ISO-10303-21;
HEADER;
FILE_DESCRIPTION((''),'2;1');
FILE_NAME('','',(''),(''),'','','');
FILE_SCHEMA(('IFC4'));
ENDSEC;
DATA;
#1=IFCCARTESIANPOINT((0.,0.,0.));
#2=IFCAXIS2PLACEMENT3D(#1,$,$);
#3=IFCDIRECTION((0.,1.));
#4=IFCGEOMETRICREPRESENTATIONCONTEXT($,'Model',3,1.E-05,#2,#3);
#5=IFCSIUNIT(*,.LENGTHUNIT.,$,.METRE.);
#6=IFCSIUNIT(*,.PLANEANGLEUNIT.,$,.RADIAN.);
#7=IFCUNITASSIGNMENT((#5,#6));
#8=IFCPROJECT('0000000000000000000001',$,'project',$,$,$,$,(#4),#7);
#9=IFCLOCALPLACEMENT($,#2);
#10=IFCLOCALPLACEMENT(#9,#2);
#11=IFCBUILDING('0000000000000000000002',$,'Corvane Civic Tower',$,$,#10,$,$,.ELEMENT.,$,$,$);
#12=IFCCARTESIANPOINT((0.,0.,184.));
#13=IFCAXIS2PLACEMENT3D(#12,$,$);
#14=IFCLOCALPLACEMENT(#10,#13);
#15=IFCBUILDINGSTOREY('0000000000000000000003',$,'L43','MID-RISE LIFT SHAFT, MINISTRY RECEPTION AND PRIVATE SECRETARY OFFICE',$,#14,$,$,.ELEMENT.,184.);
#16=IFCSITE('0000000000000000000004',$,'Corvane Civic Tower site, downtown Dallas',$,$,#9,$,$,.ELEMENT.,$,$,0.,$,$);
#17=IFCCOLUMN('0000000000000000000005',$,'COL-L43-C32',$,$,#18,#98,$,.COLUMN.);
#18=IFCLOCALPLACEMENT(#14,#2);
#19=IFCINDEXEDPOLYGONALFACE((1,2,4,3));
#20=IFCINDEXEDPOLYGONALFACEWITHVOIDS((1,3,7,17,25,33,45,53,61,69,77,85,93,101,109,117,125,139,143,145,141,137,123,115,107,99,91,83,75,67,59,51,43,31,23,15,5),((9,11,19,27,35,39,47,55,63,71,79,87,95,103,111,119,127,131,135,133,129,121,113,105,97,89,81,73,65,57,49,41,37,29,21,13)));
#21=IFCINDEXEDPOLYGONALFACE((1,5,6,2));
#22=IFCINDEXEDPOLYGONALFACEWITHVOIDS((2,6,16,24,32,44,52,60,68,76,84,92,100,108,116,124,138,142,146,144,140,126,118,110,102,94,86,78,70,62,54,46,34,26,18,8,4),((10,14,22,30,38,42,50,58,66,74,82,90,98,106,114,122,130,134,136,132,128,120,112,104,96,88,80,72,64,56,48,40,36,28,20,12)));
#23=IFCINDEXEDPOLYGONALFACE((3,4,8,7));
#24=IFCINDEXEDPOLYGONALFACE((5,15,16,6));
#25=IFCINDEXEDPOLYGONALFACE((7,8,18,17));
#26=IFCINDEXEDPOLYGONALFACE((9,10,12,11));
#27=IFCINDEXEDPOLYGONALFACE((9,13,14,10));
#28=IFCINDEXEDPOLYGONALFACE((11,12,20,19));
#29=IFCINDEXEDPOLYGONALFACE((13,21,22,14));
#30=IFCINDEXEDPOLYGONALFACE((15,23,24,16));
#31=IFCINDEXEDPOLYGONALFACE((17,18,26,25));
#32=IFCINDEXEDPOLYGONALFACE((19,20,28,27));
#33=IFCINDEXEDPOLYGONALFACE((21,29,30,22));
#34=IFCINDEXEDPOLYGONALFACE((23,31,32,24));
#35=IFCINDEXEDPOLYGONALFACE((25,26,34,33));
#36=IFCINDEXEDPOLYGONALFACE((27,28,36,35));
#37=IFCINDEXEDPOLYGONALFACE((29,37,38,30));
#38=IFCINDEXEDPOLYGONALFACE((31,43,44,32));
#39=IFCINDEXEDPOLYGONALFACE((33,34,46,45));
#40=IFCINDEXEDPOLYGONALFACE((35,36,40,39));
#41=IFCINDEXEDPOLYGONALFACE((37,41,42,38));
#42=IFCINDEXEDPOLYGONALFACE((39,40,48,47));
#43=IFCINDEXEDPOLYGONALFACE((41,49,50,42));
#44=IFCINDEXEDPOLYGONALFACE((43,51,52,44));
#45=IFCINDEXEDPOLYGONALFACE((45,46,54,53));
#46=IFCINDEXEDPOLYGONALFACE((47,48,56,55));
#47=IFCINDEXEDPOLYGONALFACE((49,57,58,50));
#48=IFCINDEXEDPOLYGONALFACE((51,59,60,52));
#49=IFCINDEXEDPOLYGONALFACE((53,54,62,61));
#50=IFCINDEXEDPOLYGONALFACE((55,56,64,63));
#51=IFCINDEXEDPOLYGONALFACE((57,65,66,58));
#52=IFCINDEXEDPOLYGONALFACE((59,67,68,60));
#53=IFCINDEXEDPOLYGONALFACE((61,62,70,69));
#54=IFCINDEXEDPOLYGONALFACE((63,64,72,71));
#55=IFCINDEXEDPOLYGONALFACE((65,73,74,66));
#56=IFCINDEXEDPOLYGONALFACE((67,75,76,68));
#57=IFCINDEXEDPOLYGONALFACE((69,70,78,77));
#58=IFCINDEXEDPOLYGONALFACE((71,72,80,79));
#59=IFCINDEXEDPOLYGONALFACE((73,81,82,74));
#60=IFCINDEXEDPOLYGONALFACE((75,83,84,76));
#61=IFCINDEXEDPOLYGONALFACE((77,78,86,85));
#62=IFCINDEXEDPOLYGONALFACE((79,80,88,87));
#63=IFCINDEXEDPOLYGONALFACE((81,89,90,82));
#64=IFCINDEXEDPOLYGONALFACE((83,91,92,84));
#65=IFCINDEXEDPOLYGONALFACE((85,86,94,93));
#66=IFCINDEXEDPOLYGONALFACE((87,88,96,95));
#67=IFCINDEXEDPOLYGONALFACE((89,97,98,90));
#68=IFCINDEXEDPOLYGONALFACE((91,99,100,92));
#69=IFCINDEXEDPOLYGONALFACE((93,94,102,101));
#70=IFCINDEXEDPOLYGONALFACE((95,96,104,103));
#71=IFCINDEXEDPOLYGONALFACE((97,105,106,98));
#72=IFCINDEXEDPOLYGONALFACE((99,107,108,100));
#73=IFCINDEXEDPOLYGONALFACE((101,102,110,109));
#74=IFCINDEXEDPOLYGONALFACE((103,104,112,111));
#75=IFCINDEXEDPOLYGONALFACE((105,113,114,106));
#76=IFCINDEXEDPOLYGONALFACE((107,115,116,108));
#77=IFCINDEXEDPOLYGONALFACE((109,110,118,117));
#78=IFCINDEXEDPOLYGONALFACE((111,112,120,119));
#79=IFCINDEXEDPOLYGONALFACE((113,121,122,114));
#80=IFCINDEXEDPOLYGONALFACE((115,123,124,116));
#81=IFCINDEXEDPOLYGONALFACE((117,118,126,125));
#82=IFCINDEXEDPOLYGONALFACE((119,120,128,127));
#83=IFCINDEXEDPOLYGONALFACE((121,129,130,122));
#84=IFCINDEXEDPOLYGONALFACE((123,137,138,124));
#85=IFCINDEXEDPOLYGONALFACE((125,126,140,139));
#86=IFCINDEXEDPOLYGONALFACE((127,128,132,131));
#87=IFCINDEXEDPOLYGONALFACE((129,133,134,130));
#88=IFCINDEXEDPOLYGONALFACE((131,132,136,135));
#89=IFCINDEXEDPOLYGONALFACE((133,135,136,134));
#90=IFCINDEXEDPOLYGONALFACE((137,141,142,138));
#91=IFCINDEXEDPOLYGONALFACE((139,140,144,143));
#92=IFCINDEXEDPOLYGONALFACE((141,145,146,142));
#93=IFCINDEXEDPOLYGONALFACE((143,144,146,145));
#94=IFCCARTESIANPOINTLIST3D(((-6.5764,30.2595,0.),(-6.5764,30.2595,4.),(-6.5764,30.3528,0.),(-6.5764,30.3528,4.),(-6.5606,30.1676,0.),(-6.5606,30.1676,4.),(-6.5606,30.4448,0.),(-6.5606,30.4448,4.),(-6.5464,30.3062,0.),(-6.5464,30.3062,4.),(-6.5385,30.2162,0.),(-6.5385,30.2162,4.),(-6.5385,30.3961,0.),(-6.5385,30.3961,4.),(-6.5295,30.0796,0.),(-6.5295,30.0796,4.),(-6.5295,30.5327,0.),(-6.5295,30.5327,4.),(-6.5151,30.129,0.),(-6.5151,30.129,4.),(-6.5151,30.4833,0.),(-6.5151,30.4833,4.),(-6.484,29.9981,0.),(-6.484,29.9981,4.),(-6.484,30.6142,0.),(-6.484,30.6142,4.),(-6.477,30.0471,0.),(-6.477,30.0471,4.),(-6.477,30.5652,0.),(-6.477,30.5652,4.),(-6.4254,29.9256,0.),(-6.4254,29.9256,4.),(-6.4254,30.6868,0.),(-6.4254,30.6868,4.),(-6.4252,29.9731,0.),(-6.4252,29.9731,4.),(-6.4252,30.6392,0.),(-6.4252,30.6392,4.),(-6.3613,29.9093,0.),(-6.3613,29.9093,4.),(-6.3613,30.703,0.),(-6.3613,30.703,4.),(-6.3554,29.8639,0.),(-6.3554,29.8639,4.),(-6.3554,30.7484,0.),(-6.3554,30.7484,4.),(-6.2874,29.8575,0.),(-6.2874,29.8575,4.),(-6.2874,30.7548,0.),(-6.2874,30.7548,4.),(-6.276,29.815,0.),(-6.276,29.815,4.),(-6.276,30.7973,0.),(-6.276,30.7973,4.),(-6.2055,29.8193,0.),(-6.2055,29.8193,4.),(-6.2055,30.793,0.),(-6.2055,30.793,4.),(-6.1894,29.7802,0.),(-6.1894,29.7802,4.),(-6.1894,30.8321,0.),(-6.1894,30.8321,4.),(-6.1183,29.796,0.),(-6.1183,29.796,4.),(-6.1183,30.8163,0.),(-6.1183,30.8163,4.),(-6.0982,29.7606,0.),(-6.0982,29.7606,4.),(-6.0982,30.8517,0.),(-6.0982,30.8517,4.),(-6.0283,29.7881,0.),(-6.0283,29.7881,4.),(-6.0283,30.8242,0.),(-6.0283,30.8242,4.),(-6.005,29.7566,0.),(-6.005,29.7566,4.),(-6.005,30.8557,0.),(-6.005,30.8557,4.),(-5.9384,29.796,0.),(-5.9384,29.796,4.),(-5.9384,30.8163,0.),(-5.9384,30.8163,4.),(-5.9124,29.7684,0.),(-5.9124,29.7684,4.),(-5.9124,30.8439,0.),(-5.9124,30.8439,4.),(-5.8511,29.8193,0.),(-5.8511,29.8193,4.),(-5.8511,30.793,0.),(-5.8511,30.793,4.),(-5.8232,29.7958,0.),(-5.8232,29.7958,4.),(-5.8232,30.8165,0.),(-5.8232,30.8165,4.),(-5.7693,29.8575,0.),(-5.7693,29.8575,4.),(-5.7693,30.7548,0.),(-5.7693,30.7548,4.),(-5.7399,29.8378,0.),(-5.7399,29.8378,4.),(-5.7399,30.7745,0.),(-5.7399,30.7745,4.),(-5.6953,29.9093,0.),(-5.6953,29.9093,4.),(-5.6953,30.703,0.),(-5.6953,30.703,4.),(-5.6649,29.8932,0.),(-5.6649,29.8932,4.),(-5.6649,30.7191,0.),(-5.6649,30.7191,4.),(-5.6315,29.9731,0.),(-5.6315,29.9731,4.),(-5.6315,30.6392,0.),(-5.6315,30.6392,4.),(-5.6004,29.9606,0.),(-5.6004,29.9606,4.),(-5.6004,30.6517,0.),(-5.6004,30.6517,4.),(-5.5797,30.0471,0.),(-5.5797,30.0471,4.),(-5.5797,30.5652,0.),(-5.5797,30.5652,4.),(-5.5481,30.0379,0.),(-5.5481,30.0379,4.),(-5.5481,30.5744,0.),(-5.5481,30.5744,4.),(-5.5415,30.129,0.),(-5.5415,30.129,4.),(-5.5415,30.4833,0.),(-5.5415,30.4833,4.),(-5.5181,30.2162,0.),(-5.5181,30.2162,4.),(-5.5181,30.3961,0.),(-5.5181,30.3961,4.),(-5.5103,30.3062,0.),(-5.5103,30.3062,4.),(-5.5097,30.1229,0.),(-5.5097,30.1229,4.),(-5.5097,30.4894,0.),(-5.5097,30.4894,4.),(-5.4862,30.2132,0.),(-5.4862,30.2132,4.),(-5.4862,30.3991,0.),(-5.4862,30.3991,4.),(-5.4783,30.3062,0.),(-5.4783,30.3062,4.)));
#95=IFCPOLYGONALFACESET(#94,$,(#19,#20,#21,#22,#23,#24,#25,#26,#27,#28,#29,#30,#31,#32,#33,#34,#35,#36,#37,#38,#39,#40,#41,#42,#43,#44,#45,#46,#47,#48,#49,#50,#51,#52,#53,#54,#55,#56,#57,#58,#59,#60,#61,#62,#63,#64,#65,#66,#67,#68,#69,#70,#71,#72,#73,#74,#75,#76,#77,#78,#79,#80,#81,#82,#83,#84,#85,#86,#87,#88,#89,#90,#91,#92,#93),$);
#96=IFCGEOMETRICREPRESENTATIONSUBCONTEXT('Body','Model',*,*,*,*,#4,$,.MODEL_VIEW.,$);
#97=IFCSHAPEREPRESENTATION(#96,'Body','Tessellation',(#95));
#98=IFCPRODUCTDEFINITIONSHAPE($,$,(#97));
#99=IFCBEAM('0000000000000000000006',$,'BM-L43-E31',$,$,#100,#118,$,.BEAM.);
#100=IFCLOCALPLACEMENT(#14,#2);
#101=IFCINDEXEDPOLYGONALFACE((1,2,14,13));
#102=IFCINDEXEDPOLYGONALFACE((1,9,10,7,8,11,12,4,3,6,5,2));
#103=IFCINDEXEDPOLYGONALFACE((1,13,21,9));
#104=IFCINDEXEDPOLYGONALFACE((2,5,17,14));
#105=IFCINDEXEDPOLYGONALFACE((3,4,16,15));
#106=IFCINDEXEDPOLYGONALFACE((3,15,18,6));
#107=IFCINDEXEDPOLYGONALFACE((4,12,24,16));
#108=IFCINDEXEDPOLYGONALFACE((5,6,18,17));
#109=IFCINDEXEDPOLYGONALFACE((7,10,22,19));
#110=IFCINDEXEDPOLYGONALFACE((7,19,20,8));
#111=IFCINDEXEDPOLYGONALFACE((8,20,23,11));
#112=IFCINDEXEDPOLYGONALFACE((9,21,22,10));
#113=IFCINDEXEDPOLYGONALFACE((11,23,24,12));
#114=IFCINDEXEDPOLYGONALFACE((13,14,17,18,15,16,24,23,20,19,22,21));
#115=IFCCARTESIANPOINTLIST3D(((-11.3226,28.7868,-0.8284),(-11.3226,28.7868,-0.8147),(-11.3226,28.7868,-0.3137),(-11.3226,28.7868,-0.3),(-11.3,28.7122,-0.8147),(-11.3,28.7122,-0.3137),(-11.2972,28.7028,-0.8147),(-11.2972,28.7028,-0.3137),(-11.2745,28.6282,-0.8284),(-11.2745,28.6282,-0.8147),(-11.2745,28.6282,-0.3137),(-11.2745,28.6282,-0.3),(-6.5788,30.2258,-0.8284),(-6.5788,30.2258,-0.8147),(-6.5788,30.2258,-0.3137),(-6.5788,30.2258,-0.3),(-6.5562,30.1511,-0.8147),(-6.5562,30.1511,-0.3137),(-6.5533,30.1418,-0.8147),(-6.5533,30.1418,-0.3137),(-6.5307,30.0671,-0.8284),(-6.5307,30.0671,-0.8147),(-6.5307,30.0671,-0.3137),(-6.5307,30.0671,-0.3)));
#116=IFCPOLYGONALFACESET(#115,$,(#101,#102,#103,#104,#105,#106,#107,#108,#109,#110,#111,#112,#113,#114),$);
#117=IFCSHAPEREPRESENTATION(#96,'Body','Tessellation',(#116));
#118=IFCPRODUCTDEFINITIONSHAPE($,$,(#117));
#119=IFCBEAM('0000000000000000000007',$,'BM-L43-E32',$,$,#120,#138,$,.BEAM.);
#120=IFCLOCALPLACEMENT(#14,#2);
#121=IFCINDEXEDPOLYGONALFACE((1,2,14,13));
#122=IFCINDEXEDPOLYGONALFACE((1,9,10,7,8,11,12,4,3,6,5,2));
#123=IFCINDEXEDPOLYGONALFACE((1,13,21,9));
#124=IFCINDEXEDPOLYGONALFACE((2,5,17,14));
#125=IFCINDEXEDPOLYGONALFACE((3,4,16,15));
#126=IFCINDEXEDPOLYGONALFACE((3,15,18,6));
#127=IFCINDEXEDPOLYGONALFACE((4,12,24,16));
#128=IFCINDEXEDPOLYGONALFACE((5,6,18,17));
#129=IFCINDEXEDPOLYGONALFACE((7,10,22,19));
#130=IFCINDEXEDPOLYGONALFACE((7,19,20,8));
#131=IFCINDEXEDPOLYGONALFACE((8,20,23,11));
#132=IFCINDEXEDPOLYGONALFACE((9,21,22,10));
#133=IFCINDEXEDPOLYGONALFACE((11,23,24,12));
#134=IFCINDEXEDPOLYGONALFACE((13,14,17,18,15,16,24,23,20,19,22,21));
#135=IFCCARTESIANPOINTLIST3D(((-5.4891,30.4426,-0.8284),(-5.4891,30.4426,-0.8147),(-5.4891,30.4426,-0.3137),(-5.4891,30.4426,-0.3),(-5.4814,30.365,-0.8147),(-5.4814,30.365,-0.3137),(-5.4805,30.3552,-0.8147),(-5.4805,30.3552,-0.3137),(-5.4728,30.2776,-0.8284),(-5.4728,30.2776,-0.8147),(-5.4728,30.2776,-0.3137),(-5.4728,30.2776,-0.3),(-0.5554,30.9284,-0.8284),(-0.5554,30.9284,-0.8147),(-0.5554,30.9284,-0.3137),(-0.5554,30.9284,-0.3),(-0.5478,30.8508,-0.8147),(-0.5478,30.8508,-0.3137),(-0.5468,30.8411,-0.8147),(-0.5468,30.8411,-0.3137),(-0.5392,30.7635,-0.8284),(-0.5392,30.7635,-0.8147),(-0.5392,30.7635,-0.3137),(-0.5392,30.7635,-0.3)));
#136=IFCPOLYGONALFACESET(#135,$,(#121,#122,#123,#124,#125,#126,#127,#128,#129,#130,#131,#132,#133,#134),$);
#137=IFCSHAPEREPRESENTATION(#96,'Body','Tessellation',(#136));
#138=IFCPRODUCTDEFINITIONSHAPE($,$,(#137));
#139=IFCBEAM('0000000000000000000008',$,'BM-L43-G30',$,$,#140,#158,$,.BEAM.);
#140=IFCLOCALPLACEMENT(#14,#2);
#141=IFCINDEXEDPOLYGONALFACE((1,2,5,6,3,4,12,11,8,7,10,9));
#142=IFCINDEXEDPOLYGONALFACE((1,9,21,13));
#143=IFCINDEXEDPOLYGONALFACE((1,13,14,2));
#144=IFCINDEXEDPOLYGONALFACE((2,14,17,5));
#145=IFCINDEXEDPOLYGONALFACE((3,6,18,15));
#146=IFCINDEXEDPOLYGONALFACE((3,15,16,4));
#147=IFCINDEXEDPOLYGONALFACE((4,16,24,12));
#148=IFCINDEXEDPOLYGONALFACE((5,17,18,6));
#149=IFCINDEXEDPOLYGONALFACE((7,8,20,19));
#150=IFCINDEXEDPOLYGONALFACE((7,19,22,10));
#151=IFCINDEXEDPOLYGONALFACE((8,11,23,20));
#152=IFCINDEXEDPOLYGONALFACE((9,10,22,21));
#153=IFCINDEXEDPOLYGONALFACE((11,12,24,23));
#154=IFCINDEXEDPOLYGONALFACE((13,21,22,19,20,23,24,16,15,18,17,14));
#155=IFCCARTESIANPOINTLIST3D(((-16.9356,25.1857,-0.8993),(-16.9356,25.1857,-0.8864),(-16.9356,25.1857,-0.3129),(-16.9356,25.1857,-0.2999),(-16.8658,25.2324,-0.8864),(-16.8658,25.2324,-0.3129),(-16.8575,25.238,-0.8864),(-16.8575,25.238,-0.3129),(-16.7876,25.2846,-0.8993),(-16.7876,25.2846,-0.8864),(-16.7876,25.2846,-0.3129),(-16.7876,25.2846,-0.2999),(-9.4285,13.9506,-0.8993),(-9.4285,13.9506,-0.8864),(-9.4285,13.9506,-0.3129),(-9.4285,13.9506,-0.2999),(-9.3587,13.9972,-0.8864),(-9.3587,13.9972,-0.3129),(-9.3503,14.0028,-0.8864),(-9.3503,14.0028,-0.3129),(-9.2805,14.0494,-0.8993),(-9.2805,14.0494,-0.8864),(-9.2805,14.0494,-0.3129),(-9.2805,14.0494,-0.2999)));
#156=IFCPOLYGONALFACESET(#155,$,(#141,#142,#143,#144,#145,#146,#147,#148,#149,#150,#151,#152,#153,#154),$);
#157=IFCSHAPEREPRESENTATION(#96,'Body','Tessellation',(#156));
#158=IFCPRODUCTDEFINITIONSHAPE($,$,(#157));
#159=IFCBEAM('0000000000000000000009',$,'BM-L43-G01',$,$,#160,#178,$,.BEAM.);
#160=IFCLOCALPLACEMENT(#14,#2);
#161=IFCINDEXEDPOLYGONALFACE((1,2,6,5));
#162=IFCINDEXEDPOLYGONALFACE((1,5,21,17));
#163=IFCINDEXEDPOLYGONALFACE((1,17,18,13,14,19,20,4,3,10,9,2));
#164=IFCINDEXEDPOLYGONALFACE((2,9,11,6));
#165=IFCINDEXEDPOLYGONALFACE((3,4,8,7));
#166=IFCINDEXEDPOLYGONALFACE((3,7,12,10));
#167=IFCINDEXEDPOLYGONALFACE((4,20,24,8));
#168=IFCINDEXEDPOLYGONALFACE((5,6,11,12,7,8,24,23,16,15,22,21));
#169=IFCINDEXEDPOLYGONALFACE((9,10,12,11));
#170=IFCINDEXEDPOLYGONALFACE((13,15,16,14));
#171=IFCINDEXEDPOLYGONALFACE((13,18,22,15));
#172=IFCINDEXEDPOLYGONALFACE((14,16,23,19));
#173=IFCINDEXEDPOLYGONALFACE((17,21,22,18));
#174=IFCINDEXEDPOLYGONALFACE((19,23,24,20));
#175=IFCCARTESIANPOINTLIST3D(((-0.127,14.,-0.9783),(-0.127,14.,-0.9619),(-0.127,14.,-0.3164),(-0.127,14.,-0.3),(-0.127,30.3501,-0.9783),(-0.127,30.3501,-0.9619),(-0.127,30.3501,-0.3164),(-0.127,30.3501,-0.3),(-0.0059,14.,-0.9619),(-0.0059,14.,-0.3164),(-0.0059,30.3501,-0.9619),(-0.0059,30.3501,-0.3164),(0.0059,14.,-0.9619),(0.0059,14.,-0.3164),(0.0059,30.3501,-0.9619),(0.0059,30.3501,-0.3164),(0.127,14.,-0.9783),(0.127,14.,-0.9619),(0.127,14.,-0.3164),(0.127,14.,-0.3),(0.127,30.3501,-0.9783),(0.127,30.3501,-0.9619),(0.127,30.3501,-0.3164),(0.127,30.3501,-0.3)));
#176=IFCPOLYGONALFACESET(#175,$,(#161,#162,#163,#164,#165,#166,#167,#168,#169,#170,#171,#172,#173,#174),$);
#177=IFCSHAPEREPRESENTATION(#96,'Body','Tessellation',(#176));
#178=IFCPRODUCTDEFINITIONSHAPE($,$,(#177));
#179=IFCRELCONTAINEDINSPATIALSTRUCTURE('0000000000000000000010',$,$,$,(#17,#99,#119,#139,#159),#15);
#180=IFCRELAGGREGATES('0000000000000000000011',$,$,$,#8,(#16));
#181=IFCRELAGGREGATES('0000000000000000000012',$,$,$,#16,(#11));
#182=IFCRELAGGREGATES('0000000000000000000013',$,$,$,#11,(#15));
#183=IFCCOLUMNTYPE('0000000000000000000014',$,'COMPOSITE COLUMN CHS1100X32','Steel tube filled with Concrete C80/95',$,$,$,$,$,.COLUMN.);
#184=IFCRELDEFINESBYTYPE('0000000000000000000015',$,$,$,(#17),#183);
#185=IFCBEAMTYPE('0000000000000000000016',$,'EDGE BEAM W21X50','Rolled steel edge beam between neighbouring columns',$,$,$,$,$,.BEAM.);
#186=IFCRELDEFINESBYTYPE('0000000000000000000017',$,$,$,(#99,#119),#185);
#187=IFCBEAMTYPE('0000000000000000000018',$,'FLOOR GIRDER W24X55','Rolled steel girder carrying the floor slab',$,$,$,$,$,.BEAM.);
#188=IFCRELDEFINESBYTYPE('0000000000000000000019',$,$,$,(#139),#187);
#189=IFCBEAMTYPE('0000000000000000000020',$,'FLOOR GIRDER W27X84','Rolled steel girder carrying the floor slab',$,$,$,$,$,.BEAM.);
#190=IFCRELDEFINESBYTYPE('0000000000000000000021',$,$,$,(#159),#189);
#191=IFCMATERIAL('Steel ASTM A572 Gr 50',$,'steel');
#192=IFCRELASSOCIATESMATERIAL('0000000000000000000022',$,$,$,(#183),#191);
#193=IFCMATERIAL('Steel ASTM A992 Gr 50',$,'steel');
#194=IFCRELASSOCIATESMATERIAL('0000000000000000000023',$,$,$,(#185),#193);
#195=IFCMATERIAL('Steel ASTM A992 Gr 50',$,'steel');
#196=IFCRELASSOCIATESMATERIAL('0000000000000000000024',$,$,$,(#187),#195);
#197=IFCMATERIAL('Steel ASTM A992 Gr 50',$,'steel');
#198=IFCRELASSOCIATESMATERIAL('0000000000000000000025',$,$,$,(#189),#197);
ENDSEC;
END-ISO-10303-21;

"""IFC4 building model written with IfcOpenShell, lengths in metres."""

from ifc_helpers import new_model, si_unit, direction, frame, origin, origin_2d, place, context, subcontext, project, spatial, hollow_circle, i_section, extrude, material, material_profile, profile_set, type_object, element, save


model = new_model("IFC4")

# Units and contexts
model_context = context("Model", 3, precision=1e-05, world=origin(), true_north=direction((0.0, 1.0)))
body_context = subcontext(model_context, "Body", "Model", "MODEL_VIEW")
ifc_project = project(units=[si_unit("LENGTHUNIT", "METRE"), si_unit("PLANEANGLEUNIT", "RADIAN")], contexts=[model_context])

# Site, building, storey
site_placement = place(None, origin())
site = spatial("IfcSite", under=ifc_project, at=site_placement, Name="Corvane Civic Tower site, downtown Dallas", CompositionType="ELEMENT", RefElevation=0.0)
building_placement = place(site_placement, origin())
building = spatial("IfcBuilding", under=site, at=building_placement, Name="Corvane Civic Tower", CompositionType="ELEMENT")
storey_placement = place(building_placement, frame((0.0, 0.0, 184.0)))
storey = spatial("IfcBuildingStorey", under=building, at=storey_placement, Name="L43", Description="MID-RISE LIFT SHAFT, MINISTRY RECEPTION AND PRIVATE SECRETARY OFFICE", CompositionType="ELEMENT", Elevation=184.0)

# Column
ifc_material_1 = material(Name="Steel ASTM A572 Gr 50", Category="steel")
ifc_material_profile_1 = material_profile(ifc_material_1, hollow_circle(Radius=0.55, WallThickness=0.032, at=origin_2d()), Name="CHS1100X32")
ifc_profile_set_1 = profile_set([ifc_material_profile_1], Name="Steel ASTM A572 Gr 50")
column_type = type_object("IfcColumnType", Name="COMPOSITE COLUMN CHS1100X32", Description="Steel tube filled with Concrete C80/95", PredefinedType="COLUMN", material=ifc_profile_set_1)
for number, where, z_axis, x_axis, name in (
    (1, (-6.0283, 30.3062, 0.0), (0.0, 0.0, 1.0), (1.0, 0.0, 0.0), "COL-L43-C32"),
):
    element("IfcColumn", number, at=place(storey_placement, frame(where, z_axis=z_axis, x_axis=x_axis)), inside=storey, type_object=column_type, Name=name, PredefinedType="COLUMN", context=body_context, shape_type="SweptSolid", body=[
        extrude(hollow_circle(Radius=0.55, WallThickness=0.032, at=origin_2d()), origin(), (0.0, 0.0, 1.0), 4.0),
    ])

# Beams
ifc_material_2 = material(Name="Steel ASTM A992 Gr 50", Category="steel")
ifc_material_profile_2 = material_profile(ifc_material_2, i_section(OverallWidth=0.1658, OverallDepth=0.5283, WebThickness=0.0098, FlangeThickness=0.0137, at=origin_2d()), Name="W21X50")
ifc_profile_set_2 = profile_set([ifc_material_profile_2], Name="Steel ASTM A992 Gr 50")
beam_type_1 = type_object("IfcBeamType", Name="EDGE BEAM W21X50", Description="Rolled steel edge beam between neighbouring columns", PredefinedType="BEAM", material=ifc_profile_set_2)
beam_1_placement = place(storey_placement, frame((-11.2986, 28.7075, -0.5642), z_axis=(0.956945, 0.29027, 0.0), x_axis=(-0.29027, 0.956945, 0.0)))
element("IfcBeam", 2, at=beam_1_placement, inside=storey, type_object=beam_type_1, Name="BM-L43-E31", PredefinedType="BEAM", context=body_context, shape_type="SweptSolid", body=[
    extrude(i_section(OverallWidth=0.1658, OverallDepth=0.5283, WebThickness=0.0098, FlangeThickness=0.0137, at=origin_2d()), origin(), (0.0, 0.0, 1.0), 4.9573),
])
beam_2_placement = place(storey_placement, frame((-5.481, 30.3601, -0.5642), z_axis=(0.995186, 0.098002, 0.0), x_axis=(-0.098002, 0.995186, 0.0)))
element("IfcBeam", 3, at=beam_2_placement, inside=storey, type_object=beam_type_1, Name="BM-L43-E32", PredefinedType="BEAM", context=body_context, shape_type="SweptSolid", body=[
    extrude(i_section(OverallWidth=0.1658, OverallDepth=0.5283, WebThickness=0.0098, FlangeThickness=0.0137, at=origin_2d()), origin(), (0.0, 0.0, 1.0), 4.9575),
])
ifc_material_3 = material(Name="Steel ASTM A992 Gr 50", Category="steel")
ifc_material_profile_3 = material_profile(ifc_material_3, i_section(OverallWidth=0.178, OverallDepth=0.5994, WebThickness=0.01, FlangeThickness=0.0129, at=origin_2d()), Name="W24X55")
ifc_profile_set_3 = profile_set([ifc_material_profile_3], Name="Steel ASTM A992 Gr 50")
beam_type_2 = type_object("IfcBeamType", Name="FLOOR GIRDER W24X55", Description="Rolled steel girder carrying the floor slab", PredefinedType="BEAM", material=ifc_profile_set_3)
beam_3_placement = place(storey_placement, frame((-9.3545, 14.0, -0.5996), z_axis=(-0.555571, 0.831469, 0.0), x_axis=(-0.831469, -0.555571, 0.0)))
element("IfcBeam", 4, at=beam_3_placement, inside=storey, type_object=beam_type_2, Name="BM-L43-G30", PredefinedType="BEAM", context=body_context, shape_type="SweptSolid", body=[
    extrude(i_section(OverallWidth=0.178, OverallDepth=0.5994, WebThickness=0.01, FlangeThickness=0.0129, at=origin_2d()), origin(), (0.0, 0.0, 1.0), 13.5125),
])
ifc_material_4 = material(Name="Steel ASTM A992 Gr 50", Category="steel")
ifc_material_profile_4 = material_profile(ifc_material_4, i_section(OverallWidth=0.2539, OverallDepth=0.6782, WebThickness=0.0117, FlangeThickness=0.0164, at=origin_2d()), Name="W27X84")
ifc_profile_set_4 = profile_set([ifc_material_profile_4], Name="Steel ASTM A992 Gr 50")
beam_type_3 = type_object("IfcBeamType", Name="FLOOR GIRDER W27X84", Description="Rolled steel girder carrying the floor slab", PredefinedType="BEAM", material=ifc_profile_set_4)
beam_4_placement = place(storey_placement, frame((0.0, 14.0, -0.6392), z_axis=(0.0, 1.0, 0.0), x_axis=(-1.0, 0.0, 0.0)))
element("IfcBeam", 5, at=beam_4_placement, inside=storey, type_object=beam_type_3, Name="BM-L43-G01", PredefinedType="BEAM", context=body_context, shape_type="SweptSolid", body=[
    extrude(i_section(OverallWidth=0.2539, OverallDepth=0.6782, WebThickness=0.0117, FlangeThickness=0.0164, at=origin_2d()), origin(), (0.0, 0.0, 1.0), 16.3501),
])

save(model, "model.ifc")
